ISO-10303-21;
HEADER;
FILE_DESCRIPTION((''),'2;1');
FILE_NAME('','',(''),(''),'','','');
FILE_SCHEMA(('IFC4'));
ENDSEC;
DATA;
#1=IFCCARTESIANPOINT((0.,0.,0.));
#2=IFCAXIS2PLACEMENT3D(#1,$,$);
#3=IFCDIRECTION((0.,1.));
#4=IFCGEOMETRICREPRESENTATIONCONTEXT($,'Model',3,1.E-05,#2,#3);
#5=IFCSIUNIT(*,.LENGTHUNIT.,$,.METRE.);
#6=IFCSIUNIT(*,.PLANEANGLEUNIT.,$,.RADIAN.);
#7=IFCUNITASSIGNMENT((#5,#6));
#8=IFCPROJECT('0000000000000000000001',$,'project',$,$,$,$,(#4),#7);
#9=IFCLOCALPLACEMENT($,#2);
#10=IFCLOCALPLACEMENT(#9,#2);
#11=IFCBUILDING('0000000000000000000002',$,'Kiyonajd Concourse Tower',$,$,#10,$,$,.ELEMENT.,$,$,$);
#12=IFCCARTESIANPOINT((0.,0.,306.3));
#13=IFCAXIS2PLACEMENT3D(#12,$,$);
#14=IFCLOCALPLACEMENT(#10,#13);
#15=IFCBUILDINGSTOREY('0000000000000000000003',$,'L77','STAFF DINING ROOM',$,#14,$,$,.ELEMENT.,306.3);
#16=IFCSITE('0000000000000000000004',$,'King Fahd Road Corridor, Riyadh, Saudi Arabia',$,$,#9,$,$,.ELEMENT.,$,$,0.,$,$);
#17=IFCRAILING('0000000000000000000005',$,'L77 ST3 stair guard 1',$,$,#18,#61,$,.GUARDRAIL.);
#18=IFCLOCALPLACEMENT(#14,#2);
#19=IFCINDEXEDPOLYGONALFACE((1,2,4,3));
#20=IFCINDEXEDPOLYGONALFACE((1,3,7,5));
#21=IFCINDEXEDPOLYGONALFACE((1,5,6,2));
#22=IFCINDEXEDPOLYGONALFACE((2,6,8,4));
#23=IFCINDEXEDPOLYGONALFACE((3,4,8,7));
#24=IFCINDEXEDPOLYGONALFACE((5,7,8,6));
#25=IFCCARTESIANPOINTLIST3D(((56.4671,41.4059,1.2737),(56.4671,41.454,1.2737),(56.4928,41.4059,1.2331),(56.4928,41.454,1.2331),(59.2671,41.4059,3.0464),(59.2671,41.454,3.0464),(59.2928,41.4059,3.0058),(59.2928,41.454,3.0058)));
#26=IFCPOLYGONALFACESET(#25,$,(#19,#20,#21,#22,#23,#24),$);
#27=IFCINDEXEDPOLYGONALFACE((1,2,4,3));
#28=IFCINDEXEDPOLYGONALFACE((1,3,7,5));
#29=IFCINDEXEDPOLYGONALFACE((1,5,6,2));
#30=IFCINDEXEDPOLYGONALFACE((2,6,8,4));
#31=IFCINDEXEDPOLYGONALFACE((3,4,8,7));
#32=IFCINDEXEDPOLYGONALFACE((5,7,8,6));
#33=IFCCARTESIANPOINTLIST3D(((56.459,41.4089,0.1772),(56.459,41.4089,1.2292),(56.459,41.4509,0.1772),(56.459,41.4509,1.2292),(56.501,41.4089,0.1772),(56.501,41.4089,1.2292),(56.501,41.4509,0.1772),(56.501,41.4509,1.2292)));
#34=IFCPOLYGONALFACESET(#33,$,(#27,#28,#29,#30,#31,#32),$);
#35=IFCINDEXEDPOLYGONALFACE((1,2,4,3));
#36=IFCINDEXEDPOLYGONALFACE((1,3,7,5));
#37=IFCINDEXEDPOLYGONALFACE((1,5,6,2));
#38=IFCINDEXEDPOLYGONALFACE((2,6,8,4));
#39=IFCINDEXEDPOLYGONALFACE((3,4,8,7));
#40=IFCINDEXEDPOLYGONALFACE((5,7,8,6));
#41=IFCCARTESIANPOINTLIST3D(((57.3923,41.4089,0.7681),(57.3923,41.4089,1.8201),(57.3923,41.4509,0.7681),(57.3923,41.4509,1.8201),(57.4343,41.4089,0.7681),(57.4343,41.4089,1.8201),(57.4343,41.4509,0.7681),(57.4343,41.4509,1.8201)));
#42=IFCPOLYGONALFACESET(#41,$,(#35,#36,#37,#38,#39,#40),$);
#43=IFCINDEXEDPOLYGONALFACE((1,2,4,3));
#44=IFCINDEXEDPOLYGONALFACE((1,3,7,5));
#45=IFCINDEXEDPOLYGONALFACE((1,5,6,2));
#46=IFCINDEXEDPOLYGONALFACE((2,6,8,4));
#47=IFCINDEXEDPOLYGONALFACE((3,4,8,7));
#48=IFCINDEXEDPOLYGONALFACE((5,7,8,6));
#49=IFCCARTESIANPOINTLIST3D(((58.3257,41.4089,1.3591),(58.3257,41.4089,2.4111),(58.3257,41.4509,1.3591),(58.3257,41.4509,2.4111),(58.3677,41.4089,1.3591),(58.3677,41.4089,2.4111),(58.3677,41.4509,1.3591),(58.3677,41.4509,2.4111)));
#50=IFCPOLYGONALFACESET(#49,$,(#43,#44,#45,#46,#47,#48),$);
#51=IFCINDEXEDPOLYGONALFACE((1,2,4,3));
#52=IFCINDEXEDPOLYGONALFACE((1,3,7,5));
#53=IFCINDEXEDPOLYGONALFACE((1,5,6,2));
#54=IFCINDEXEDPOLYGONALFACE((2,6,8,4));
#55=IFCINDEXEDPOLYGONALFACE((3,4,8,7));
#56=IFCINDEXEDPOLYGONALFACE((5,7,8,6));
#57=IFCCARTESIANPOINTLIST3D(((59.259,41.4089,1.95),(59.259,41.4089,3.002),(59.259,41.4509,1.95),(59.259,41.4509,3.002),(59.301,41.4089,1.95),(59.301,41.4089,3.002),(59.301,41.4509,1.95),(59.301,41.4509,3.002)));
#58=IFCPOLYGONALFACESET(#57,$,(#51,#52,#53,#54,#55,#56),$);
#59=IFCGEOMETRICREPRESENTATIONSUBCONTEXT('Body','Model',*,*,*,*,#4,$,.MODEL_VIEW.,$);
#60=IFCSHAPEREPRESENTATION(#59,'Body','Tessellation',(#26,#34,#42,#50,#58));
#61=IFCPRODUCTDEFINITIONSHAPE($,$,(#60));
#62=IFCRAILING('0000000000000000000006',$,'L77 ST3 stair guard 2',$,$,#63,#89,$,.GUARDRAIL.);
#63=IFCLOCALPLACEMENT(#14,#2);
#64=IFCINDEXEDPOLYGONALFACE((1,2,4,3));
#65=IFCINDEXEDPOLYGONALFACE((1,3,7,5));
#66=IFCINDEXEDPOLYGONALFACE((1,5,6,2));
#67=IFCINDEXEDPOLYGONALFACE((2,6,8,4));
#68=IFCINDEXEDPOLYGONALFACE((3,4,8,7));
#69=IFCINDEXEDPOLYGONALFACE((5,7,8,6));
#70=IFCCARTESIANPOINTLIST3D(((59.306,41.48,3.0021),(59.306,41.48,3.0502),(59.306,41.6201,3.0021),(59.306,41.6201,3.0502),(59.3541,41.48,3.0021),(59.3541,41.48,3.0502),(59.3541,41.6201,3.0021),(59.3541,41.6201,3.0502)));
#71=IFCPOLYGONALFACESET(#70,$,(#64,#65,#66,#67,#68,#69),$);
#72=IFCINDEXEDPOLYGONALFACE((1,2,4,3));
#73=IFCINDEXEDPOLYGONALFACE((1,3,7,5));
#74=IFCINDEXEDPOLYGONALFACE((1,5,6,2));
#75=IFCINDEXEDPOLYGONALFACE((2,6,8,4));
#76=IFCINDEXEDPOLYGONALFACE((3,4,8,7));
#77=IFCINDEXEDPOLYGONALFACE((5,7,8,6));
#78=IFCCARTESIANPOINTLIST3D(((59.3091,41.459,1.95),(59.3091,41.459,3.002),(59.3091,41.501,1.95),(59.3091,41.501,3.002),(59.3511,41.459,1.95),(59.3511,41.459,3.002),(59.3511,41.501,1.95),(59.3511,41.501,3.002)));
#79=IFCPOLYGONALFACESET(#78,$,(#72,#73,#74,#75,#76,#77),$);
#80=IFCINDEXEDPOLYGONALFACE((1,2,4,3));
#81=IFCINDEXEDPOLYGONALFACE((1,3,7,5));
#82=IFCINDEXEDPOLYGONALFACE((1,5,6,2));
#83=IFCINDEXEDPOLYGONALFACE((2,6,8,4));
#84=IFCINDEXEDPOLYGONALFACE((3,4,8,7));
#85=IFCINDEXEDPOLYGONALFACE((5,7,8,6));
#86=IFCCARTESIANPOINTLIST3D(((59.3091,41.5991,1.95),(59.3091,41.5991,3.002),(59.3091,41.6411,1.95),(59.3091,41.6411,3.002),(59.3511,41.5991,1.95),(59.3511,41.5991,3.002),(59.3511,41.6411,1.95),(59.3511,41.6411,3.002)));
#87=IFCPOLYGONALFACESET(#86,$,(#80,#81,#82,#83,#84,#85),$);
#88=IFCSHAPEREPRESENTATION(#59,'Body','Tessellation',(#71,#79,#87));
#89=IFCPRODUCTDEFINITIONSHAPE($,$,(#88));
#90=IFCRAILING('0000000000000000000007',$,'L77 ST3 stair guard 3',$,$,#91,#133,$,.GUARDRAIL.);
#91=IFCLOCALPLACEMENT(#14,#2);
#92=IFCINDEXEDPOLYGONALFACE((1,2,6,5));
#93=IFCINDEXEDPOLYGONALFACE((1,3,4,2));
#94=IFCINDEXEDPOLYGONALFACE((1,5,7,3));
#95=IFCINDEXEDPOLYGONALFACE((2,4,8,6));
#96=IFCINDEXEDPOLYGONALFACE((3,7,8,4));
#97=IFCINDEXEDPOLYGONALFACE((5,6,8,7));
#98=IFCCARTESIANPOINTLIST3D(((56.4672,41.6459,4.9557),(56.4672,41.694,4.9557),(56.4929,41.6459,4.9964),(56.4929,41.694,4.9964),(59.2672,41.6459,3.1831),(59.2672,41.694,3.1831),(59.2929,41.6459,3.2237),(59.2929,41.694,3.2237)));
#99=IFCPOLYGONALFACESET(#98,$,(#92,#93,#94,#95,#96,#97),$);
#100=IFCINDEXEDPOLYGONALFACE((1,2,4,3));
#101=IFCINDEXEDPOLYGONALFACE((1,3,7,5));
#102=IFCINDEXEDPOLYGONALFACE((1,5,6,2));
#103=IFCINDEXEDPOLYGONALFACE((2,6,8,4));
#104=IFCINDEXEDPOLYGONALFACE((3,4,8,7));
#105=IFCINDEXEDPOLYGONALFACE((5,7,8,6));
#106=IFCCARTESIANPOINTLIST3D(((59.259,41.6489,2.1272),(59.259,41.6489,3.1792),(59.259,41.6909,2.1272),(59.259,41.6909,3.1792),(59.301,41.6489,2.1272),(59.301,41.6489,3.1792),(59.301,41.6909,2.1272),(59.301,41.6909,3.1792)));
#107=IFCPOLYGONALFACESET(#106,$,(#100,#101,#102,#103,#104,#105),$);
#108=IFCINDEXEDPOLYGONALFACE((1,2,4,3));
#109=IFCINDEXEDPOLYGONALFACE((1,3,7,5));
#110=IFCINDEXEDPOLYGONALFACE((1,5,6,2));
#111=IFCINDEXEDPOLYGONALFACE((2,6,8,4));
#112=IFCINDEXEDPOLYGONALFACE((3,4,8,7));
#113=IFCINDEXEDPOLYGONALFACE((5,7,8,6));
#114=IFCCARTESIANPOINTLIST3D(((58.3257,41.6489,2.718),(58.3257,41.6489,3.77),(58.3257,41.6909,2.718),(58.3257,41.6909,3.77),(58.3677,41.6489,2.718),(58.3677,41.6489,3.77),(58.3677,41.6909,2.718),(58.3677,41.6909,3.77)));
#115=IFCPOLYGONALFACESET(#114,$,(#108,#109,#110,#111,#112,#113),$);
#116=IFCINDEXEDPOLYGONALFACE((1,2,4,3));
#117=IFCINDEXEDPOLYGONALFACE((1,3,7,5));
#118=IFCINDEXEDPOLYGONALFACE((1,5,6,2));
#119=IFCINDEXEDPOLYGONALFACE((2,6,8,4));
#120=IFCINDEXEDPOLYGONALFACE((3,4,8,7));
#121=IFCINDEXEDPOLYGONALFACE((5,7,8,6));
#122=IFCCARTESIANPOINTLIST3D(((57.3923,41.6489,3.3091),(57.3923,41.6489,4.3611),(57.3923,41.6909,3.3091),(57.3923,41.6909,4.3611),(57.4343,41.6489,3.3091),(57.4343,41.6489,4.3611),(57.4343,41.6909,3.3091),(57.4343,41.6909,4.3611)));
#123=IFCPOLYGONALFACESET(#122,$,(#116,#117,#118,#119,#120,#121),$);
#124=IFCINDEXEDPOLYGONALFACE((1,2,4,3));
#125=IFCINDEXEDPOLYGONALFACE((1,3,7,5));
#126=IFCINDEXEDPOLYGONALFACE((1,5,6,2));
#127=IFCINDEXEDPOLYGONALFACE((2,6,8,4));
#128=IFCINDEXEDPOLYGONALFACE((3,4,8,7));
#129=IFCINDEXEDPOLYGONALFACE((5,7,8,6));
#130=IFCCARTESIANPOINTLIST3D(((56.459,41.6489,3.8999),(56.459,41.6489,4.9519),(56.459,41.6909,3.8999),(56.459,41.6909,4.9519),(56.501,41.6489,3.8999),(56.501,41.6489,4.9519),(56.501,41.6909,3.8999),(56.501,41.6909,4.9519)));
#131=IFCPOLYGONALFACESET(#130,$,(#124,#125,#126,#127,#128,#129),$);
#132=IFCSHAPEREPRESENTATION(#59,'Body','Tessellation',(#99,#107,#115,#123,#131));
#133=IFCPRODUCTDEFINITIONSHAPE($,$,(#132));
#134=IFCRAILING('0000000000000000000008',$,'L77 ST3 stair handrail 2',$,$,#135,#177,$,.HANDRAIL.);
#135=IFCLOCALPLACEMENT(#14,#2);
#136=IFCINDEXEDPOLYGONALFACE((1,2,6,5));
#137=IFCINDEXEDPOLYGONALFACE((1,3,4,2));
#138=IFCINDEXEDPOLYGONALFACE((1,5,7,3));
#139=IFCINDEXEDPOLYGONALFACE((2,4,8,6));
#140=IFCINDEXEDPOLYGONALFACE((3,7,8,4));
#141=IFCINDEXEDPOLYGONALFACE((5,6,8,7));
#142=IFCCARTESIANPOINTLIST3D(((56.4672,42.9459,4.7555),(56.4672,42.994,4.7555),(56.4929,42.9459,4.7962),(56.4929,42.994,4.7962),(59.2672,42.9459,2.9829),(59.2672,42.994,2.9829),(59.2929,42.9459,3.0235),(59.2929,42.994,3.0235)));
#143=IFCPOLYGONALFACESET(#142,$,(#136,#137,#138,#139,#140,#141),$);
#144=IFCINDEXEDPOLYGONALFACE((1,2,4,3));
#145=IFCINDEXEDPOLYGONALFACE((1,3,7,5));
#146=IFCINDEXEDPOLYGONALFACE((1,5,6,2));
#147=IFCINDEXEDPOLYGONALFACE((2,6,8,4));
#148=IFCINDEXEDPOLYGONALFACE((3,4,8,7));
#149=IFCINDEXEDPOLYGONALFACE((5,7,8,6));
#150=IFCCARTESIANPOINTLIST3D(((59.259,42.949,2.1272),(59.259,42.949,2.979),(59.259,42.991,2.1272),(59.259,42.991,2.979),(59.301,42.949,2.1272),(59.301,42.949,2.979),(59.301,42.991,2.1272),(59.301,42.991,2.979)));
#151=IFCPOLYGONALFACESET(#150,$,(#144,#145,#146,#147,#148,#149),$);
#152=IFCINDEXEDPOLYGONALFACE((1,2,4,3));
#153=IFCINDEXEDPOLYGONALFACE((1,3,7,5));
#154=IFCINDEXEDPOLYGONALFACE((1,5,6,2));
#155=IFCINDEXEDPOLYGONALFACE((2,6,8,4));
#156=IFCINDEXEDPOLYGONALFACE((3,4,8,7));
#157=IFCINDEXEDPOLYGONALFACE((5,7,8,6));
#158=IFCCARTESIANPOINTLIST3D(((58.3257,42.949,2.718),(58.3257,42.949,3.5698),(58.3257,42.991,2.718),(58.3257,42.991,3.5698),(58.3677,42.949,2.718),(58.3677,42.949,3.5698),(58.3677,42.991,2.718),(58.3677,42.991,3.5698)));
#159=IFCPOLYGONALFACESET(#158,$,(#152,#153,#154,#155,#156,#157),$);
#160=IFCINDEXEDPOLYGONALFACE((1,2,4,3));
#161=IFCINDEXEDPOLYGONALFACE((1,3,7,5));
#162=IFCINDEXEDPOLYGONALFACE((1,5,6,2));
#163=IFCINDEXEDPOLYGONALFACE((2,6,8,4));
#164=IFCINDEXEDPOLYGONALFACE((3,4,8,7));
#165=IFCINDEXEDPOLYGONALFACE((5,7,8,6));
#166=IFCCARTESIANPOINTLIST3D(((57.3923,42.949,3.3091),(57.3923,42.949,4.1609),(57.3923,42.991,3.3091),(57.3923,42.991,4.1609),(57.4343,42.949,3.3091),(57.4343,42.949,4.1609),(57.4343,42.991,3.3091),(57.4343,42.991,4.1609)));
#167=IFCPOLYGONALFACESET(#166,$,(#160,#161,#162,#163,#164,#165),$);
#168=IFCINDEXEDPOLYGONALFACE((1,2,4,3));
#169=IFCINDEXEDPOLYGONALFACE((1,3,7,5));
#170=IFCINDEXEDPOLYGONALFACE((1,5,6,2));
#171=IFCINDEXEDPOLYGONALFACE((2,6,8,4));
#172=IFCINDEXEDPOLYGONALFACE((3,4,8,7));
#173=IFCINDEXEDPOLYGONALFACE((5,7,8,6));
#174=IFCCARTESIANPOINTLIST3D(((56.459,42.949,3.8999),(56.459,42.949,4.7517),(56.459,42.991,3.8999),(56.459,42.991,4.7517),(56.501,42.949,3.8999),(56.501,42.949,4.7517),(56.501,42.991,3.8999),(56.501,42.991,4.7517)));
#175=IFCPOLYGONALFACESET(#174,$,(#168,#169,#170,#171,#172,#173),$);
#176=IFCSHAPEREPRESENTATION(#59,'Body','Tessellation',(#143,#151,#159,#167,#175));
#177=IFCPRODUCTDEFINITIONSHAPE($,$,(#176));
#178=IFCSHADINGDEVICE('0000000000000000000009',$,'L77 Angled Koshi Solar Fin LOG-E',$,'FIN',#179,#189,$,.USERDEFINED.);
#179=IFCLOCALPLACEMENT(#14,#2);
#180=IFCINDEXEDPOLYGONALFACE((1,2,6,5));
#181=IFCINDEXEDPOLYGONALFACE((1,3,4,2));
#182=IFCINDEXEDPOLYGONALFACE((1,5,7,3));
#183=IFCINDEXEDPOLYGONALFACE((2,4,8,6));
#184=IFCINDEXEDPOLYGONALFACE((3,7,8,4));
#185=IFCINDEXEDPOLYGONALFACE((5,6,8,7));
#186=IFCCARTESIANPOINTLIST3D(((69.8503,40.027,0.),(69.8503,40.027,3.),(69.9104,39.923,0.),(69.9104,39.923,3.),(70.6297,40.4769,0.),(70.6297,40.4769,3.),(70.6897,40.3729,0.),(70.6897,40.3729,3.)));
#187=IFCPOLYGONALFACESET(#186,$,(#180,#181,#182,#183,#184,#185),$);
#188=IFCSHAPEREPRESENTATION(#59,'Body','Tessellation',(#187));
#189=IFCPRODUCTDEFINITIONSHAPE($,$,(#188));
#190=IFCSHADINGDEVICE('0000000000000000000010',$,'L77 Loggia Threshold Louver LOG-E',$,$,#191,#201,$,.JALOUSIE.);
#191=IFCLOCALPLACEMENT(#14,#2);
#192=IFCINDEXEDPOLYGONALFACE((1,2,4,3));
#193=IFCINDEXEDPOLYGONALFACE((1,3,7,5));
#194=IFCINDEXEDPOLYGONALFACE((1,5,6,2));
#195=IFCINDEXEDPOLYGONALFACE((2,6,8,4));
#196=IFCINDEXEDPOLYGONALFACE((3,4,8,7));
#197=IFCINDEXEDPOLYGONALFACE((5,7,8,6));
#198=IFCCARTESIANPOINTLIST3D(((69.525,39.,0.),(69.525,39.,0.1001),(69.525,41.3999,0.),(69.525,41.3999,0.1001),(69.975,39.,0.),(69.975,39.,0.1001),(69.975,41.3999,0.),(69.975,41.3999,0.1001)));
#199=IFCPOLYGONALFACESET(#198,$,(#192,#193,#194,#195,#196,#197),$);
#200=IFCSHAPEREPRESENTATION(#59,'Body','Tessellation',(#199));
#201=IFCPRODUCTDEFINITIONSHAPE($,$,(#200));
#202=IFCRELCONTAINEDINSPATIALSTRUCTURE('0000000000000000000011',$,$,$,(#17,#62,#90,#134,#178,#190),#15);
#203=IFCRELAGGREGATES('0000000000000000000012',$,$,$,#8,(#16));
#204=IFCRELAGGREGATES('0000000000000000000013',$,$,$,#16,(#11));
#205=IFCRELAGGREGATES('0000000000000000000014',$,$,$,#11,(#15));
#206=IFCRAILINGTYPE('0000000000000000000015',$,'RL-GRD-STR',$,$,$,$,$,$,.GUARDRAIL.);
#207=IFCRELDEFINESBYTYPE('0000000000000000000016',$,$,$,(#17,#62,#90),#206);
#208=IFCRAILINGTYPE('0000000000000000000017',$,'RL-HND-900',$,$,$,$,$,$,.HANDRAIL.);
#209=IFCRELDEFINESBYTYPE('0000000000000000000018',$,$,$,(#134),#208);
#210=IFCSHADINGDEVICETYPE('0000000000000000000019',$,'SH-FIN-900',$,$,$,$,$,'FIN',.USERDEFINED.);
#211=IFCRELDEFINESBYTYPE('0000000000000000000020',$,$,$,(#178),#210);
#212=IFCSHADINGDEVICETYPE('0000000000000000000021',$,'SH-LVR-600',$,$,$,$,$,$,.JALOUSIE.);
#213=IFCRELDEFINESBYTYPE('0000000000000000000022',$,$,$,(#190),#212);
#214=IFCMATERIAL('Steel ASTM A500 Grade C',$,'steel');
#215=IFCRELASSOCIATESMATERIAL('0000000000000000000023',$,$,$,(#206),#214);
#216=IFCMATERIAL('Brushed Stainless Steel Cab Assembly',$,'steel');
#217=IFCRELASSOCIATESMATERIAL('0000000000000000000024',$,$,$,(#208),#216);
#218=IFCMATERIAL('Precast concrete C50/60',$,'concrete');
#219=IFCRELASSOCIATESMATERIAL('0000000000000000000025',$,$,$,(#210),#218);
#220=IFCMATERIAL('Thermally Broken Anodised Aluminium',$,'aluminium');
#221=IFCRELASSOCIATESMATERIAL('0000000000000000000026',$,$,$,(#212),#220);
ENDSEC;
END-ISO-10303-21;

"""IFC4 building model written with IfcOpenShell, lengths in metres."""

from ifc_helpers import new_model, si_unit, direction, frame, origin, origin_2d, place, context, subcontext, project, spatial, rectangle, extrude, material, type_object, element, save


model = new_model("IFC4")

# Units and contexts
model_context = context("Model", 3, precision=1e-05, world=origin(), true_north=direction((0.0, 1.0)))
body_context = subcontext(model_context, "Body", "Model", "MODEL_VIEW")
ifc_project = project(units=[si_unit("LENGTHUNIT", "METRE"), si_unit("PLANEANGLEUNIT", "RADIAN")], contexts=[model_context])

# Site, building, storey
site_placement = place(None, origin())
site = spatial("IfcSite", under=ifc_project, at=site_placement, Name="King Fahd Road Corridor, Riyadh, Saudi Arabia", CompositionType="ELEMENT", RefElevation=0.0)
building_placement = place(site_placement, origin())
building = spatial("IfcBuilding", under=site, at=building_placement, Name="Kiyonajd Concourse Tower", CompositionType="ELEMENT")
storey_placement = place(building_placement, frame((0.0, 0.0, 306.3)))
storey = spatial("IfcBuildingStorey", under=building, at=storey_placement, Name="L77", Description="STAFF DINING ROOM", CompositionType="ELEMENT", Elevation=306.3)

# Shared definitions
ifc_material_1 = material(Name="Thermally Broken Anodised Aluminium", Category="aluminium")

# Shared definitions
ifc_material_2 = material(Name="Precast concrete C50/60", Category="concrete")

# Shared definitions
ifc_material_3 = material(Name="Brushed Stainless Steel Cab Assembly", Category="steel")

# Railings
ifc_material_4 = material(Name="Steel ASTM A500 Grade C", Category="steel")
railing_type_1 = type_object("IfcRailingType", Name="RL-GRD-STR", PredefinedType="GUARDRAIL", material=ifc_material_4)
railing_1_placement = place(storey_placement, frame((56.48, 41.4299, 0.1772)))
element("IfcRailing", 1, at=railing_1_placement, inside=storey, type_object=railing_type_1, Name="L77 ST3 stair guard 1", PredefinedType="GUARDRAIL", context=body_context, shape_type="SweptSolid", body=[
    extrude(rectangle(XDim=0.0481, YDim=0.0481, at=origin_2d()), frame((0.0, 0.0, 1.0762), z_axis=(0.844909, 0.0, 0.53491), x_axis=(0.0, 1.0, 0.0)), (0.0, 0.0, 1.0), 3.314),
    extrude(rectangle(XDim=0.042, YDim=0.042, at=origin_2d()), origin(), (0.0, 0.0, 1.0), 1.052),
    extrude(rectangle(XDim=0.042, YDim=0.042, at=origin_2d()), frame((0.9333, 0.0, 0.5908)), (0.0, 0.0, 1.0), 1.052),
    extrude(rectangle(XDim=0.042, YDim=0.042, at=origin_2d()), frame((1.8667, 0.0, 1.1819)), (0.0, 0.0, 1.0), 1.052),
    extrude(rectangle(XDim=0.042, YDim=0.042, at=origin_2d()), frame((2.8, 0.0, 1.7727)), (0.0, 0.0, 1.0), 1.052),
])
railing_2_placement = place(storey_placement, frame((59.3301, 41.48, 1.95)))
element("IfcRailing", 2, at=railing_2_placement, inside=storey, type_object=railing_type_1, Name="L77 ST3 stair guard 2", PredefinedType="GUARDRAIL", context=body_context, shape_type="SweptSolid", body=[
    extrude(rectangle(XDim=0.0481, YDim=0.0481, at=origin_2d()), frame((0.0, 0.0, 1.0762), z_axis=(0.0, 1.0, 0.0), x_axis=(-1.0, 0.0, 0.0)), (0.0, 0.0, 1.0), 0.1401),
    extrude(rectangle(XDim=0.042, YDim=0.042, at=origin_2d()), origin(), (0.0, 0.0, 1.0), 1.052),
    extrude(rectangle(XDim=0.042, YDim=0.042, at=origin_2d()), frame((0.0, 0.1401, 0.0)), (0.0, 0.0, 1.0), 1.052),
])
railing_3_placement = place(storey_placement, frame((59.28, 41.6699, 2.1272)))
element("IfcRailing", 3, at=railing_3_placement, inside=storey, type_object=railing_type_1, Name="L77 ST3 stair guard 3", PredefinedType="GUARDRAIL", context=body_context, shape_type="SweptSolid", body=[
    extrude(rectangle(XDim=0.0481, YDim=0.0481, at=origin_2d()), frame((0.0, 0.0, 1.0762), z_axis=(-0.844909, 0.0, 0.53491), x_axis=(0.0, -1.0, 0.0)), (0.0, 0.0, 1.0), 3.314),
    extrude(rectangle(XDim=0.042, YDim=0.042, at=origin_2d()), origin(), (0.0, 0.0, 1.0), 1.052),
    extrude(rectangle(XDim=0.042, YDim=0.042, at=origin_2d()), frame((-0.9333, 0.0, 0.5908)), (0.0, 0.0, 1.0), 1.052),
    extrude(rectangle(XDim=0.042, YDim=0.042, at=origin_2d()), frame((-1.8667, 0.0, 1.1819)), (0.0, 0.0, 1.0), 1.052),
    extrude(rectangle(XDim=0.042, YDim=0.042, at=origin_2d()), frame((-2.8, 0.0, 1.7727)), (0.0, 0.0, 1.0), 1.052),
])
railing_type_2 = type_object("IfcRailingType", Name="RL-HND-900", PredefinedType="HANDRAIL", material=ifc_material_3)
railing_4_placement = place(storey_placement, frame((59.28, 42.97, 2.1272)))
element("IfcRailing", 4, at=railing_4_placement, inside=storey, type_object=railing_type_2, Name="L77 ST3 stair handrail 2", PredefinedType="HANDRAIL", context=body_context, shape_type="SweptSolid", body=[
    extrude(rectangle(XDim=0.0481, YDim=0.0481, at=origin_2d()), frame((0.0, 0.0, 0.876), z_axis=(-0.844909, 0.0, 0.53491), x_axis=(0.0, -1.0, 0.0)), (0.0, 0.0, 1.0), 3.314),
    extrude(rectangle(XDim=0.042, YDim=0.042, at=origin_2d()), origin(), (0.0, 0.0, 1.0), 0.8518),
    extrude(rectangle(XDim=0.042, YDim=0.042, at=origin_2d()), frame((-0.9333, 0.0, 0.5908)), (0.0, 0.0, 1.0), 0.8518),
    extrude(rectangle(XDim=0.042, YDim=0.042, at=origin_2d()), frame((-1.8667, 0.0, 1.1819)), (0.0, 0.0, 1.0), 0.8518),
    extrude(rectangle(XDim=0.042, YDim=0.042, at=origin_2d()), frame((-2.8, 0.0, 1.7727)), (0.0, 0.0, 1.0), 0.8518),
])

# Shading devices
shading_device_type_1 = type_object("IfcShadingDeviceType", Name="SH-FIN-900", ElementType="FIN", PredefinedType="USERDEFINED", material=ifc_material_2)
shading_device_1_placement = place(storey_placement, frame((70.27, 40.2, 0.0), z_axis=(0.0, 0.0, 1.0), x_axis=(0.866025, 0.5, 0.0)))
element("IfcShadingDevice", 5, at=shading_device_1_placement, inside=storey, type_object=shading_device_type_1, Name="L77 Angled Koshi Solar Fin LOG-E", ObjectType="FIN", PredefinedType="USERDEFINED", context=body_context, shape_type="SweptSolid", body=[
    extrude(rectangle(XDim=0.8999, YDim=0.1201, at=origin_2d()), origin(), (0.0, 0.0, 1.0), 3.0),
])
shading_device_type_2 = type_object("IfcShadingDeviceType", Name="SH-LVR-600", PredefinedType="JALOUSIE", material=ifc_material_1)
shading_device_2_placement = place(storey_placement, frame((69.75, 40.2, 0.0), z_axis=(0.0, 0.0, 1.0), x_axis=(0.0, 1.0, 0.0)))
element("IfcShadingDevice", 6, at=shading_device_2_placement, inside=storey, type_object=shading_device_type_2, Name="L77 Loggia Threshold Louver LOG-E", PredefinedType="JALOUSIE", context=body_context, shape_type="SweptSolid", body=[
    extrude(rectangle(XDim=2.3999, YDim=0.45, at=origin_2d()), origin(), (0.0, 0.0, 1.0), 0.1001),
])

save(model, "model.ifc")
